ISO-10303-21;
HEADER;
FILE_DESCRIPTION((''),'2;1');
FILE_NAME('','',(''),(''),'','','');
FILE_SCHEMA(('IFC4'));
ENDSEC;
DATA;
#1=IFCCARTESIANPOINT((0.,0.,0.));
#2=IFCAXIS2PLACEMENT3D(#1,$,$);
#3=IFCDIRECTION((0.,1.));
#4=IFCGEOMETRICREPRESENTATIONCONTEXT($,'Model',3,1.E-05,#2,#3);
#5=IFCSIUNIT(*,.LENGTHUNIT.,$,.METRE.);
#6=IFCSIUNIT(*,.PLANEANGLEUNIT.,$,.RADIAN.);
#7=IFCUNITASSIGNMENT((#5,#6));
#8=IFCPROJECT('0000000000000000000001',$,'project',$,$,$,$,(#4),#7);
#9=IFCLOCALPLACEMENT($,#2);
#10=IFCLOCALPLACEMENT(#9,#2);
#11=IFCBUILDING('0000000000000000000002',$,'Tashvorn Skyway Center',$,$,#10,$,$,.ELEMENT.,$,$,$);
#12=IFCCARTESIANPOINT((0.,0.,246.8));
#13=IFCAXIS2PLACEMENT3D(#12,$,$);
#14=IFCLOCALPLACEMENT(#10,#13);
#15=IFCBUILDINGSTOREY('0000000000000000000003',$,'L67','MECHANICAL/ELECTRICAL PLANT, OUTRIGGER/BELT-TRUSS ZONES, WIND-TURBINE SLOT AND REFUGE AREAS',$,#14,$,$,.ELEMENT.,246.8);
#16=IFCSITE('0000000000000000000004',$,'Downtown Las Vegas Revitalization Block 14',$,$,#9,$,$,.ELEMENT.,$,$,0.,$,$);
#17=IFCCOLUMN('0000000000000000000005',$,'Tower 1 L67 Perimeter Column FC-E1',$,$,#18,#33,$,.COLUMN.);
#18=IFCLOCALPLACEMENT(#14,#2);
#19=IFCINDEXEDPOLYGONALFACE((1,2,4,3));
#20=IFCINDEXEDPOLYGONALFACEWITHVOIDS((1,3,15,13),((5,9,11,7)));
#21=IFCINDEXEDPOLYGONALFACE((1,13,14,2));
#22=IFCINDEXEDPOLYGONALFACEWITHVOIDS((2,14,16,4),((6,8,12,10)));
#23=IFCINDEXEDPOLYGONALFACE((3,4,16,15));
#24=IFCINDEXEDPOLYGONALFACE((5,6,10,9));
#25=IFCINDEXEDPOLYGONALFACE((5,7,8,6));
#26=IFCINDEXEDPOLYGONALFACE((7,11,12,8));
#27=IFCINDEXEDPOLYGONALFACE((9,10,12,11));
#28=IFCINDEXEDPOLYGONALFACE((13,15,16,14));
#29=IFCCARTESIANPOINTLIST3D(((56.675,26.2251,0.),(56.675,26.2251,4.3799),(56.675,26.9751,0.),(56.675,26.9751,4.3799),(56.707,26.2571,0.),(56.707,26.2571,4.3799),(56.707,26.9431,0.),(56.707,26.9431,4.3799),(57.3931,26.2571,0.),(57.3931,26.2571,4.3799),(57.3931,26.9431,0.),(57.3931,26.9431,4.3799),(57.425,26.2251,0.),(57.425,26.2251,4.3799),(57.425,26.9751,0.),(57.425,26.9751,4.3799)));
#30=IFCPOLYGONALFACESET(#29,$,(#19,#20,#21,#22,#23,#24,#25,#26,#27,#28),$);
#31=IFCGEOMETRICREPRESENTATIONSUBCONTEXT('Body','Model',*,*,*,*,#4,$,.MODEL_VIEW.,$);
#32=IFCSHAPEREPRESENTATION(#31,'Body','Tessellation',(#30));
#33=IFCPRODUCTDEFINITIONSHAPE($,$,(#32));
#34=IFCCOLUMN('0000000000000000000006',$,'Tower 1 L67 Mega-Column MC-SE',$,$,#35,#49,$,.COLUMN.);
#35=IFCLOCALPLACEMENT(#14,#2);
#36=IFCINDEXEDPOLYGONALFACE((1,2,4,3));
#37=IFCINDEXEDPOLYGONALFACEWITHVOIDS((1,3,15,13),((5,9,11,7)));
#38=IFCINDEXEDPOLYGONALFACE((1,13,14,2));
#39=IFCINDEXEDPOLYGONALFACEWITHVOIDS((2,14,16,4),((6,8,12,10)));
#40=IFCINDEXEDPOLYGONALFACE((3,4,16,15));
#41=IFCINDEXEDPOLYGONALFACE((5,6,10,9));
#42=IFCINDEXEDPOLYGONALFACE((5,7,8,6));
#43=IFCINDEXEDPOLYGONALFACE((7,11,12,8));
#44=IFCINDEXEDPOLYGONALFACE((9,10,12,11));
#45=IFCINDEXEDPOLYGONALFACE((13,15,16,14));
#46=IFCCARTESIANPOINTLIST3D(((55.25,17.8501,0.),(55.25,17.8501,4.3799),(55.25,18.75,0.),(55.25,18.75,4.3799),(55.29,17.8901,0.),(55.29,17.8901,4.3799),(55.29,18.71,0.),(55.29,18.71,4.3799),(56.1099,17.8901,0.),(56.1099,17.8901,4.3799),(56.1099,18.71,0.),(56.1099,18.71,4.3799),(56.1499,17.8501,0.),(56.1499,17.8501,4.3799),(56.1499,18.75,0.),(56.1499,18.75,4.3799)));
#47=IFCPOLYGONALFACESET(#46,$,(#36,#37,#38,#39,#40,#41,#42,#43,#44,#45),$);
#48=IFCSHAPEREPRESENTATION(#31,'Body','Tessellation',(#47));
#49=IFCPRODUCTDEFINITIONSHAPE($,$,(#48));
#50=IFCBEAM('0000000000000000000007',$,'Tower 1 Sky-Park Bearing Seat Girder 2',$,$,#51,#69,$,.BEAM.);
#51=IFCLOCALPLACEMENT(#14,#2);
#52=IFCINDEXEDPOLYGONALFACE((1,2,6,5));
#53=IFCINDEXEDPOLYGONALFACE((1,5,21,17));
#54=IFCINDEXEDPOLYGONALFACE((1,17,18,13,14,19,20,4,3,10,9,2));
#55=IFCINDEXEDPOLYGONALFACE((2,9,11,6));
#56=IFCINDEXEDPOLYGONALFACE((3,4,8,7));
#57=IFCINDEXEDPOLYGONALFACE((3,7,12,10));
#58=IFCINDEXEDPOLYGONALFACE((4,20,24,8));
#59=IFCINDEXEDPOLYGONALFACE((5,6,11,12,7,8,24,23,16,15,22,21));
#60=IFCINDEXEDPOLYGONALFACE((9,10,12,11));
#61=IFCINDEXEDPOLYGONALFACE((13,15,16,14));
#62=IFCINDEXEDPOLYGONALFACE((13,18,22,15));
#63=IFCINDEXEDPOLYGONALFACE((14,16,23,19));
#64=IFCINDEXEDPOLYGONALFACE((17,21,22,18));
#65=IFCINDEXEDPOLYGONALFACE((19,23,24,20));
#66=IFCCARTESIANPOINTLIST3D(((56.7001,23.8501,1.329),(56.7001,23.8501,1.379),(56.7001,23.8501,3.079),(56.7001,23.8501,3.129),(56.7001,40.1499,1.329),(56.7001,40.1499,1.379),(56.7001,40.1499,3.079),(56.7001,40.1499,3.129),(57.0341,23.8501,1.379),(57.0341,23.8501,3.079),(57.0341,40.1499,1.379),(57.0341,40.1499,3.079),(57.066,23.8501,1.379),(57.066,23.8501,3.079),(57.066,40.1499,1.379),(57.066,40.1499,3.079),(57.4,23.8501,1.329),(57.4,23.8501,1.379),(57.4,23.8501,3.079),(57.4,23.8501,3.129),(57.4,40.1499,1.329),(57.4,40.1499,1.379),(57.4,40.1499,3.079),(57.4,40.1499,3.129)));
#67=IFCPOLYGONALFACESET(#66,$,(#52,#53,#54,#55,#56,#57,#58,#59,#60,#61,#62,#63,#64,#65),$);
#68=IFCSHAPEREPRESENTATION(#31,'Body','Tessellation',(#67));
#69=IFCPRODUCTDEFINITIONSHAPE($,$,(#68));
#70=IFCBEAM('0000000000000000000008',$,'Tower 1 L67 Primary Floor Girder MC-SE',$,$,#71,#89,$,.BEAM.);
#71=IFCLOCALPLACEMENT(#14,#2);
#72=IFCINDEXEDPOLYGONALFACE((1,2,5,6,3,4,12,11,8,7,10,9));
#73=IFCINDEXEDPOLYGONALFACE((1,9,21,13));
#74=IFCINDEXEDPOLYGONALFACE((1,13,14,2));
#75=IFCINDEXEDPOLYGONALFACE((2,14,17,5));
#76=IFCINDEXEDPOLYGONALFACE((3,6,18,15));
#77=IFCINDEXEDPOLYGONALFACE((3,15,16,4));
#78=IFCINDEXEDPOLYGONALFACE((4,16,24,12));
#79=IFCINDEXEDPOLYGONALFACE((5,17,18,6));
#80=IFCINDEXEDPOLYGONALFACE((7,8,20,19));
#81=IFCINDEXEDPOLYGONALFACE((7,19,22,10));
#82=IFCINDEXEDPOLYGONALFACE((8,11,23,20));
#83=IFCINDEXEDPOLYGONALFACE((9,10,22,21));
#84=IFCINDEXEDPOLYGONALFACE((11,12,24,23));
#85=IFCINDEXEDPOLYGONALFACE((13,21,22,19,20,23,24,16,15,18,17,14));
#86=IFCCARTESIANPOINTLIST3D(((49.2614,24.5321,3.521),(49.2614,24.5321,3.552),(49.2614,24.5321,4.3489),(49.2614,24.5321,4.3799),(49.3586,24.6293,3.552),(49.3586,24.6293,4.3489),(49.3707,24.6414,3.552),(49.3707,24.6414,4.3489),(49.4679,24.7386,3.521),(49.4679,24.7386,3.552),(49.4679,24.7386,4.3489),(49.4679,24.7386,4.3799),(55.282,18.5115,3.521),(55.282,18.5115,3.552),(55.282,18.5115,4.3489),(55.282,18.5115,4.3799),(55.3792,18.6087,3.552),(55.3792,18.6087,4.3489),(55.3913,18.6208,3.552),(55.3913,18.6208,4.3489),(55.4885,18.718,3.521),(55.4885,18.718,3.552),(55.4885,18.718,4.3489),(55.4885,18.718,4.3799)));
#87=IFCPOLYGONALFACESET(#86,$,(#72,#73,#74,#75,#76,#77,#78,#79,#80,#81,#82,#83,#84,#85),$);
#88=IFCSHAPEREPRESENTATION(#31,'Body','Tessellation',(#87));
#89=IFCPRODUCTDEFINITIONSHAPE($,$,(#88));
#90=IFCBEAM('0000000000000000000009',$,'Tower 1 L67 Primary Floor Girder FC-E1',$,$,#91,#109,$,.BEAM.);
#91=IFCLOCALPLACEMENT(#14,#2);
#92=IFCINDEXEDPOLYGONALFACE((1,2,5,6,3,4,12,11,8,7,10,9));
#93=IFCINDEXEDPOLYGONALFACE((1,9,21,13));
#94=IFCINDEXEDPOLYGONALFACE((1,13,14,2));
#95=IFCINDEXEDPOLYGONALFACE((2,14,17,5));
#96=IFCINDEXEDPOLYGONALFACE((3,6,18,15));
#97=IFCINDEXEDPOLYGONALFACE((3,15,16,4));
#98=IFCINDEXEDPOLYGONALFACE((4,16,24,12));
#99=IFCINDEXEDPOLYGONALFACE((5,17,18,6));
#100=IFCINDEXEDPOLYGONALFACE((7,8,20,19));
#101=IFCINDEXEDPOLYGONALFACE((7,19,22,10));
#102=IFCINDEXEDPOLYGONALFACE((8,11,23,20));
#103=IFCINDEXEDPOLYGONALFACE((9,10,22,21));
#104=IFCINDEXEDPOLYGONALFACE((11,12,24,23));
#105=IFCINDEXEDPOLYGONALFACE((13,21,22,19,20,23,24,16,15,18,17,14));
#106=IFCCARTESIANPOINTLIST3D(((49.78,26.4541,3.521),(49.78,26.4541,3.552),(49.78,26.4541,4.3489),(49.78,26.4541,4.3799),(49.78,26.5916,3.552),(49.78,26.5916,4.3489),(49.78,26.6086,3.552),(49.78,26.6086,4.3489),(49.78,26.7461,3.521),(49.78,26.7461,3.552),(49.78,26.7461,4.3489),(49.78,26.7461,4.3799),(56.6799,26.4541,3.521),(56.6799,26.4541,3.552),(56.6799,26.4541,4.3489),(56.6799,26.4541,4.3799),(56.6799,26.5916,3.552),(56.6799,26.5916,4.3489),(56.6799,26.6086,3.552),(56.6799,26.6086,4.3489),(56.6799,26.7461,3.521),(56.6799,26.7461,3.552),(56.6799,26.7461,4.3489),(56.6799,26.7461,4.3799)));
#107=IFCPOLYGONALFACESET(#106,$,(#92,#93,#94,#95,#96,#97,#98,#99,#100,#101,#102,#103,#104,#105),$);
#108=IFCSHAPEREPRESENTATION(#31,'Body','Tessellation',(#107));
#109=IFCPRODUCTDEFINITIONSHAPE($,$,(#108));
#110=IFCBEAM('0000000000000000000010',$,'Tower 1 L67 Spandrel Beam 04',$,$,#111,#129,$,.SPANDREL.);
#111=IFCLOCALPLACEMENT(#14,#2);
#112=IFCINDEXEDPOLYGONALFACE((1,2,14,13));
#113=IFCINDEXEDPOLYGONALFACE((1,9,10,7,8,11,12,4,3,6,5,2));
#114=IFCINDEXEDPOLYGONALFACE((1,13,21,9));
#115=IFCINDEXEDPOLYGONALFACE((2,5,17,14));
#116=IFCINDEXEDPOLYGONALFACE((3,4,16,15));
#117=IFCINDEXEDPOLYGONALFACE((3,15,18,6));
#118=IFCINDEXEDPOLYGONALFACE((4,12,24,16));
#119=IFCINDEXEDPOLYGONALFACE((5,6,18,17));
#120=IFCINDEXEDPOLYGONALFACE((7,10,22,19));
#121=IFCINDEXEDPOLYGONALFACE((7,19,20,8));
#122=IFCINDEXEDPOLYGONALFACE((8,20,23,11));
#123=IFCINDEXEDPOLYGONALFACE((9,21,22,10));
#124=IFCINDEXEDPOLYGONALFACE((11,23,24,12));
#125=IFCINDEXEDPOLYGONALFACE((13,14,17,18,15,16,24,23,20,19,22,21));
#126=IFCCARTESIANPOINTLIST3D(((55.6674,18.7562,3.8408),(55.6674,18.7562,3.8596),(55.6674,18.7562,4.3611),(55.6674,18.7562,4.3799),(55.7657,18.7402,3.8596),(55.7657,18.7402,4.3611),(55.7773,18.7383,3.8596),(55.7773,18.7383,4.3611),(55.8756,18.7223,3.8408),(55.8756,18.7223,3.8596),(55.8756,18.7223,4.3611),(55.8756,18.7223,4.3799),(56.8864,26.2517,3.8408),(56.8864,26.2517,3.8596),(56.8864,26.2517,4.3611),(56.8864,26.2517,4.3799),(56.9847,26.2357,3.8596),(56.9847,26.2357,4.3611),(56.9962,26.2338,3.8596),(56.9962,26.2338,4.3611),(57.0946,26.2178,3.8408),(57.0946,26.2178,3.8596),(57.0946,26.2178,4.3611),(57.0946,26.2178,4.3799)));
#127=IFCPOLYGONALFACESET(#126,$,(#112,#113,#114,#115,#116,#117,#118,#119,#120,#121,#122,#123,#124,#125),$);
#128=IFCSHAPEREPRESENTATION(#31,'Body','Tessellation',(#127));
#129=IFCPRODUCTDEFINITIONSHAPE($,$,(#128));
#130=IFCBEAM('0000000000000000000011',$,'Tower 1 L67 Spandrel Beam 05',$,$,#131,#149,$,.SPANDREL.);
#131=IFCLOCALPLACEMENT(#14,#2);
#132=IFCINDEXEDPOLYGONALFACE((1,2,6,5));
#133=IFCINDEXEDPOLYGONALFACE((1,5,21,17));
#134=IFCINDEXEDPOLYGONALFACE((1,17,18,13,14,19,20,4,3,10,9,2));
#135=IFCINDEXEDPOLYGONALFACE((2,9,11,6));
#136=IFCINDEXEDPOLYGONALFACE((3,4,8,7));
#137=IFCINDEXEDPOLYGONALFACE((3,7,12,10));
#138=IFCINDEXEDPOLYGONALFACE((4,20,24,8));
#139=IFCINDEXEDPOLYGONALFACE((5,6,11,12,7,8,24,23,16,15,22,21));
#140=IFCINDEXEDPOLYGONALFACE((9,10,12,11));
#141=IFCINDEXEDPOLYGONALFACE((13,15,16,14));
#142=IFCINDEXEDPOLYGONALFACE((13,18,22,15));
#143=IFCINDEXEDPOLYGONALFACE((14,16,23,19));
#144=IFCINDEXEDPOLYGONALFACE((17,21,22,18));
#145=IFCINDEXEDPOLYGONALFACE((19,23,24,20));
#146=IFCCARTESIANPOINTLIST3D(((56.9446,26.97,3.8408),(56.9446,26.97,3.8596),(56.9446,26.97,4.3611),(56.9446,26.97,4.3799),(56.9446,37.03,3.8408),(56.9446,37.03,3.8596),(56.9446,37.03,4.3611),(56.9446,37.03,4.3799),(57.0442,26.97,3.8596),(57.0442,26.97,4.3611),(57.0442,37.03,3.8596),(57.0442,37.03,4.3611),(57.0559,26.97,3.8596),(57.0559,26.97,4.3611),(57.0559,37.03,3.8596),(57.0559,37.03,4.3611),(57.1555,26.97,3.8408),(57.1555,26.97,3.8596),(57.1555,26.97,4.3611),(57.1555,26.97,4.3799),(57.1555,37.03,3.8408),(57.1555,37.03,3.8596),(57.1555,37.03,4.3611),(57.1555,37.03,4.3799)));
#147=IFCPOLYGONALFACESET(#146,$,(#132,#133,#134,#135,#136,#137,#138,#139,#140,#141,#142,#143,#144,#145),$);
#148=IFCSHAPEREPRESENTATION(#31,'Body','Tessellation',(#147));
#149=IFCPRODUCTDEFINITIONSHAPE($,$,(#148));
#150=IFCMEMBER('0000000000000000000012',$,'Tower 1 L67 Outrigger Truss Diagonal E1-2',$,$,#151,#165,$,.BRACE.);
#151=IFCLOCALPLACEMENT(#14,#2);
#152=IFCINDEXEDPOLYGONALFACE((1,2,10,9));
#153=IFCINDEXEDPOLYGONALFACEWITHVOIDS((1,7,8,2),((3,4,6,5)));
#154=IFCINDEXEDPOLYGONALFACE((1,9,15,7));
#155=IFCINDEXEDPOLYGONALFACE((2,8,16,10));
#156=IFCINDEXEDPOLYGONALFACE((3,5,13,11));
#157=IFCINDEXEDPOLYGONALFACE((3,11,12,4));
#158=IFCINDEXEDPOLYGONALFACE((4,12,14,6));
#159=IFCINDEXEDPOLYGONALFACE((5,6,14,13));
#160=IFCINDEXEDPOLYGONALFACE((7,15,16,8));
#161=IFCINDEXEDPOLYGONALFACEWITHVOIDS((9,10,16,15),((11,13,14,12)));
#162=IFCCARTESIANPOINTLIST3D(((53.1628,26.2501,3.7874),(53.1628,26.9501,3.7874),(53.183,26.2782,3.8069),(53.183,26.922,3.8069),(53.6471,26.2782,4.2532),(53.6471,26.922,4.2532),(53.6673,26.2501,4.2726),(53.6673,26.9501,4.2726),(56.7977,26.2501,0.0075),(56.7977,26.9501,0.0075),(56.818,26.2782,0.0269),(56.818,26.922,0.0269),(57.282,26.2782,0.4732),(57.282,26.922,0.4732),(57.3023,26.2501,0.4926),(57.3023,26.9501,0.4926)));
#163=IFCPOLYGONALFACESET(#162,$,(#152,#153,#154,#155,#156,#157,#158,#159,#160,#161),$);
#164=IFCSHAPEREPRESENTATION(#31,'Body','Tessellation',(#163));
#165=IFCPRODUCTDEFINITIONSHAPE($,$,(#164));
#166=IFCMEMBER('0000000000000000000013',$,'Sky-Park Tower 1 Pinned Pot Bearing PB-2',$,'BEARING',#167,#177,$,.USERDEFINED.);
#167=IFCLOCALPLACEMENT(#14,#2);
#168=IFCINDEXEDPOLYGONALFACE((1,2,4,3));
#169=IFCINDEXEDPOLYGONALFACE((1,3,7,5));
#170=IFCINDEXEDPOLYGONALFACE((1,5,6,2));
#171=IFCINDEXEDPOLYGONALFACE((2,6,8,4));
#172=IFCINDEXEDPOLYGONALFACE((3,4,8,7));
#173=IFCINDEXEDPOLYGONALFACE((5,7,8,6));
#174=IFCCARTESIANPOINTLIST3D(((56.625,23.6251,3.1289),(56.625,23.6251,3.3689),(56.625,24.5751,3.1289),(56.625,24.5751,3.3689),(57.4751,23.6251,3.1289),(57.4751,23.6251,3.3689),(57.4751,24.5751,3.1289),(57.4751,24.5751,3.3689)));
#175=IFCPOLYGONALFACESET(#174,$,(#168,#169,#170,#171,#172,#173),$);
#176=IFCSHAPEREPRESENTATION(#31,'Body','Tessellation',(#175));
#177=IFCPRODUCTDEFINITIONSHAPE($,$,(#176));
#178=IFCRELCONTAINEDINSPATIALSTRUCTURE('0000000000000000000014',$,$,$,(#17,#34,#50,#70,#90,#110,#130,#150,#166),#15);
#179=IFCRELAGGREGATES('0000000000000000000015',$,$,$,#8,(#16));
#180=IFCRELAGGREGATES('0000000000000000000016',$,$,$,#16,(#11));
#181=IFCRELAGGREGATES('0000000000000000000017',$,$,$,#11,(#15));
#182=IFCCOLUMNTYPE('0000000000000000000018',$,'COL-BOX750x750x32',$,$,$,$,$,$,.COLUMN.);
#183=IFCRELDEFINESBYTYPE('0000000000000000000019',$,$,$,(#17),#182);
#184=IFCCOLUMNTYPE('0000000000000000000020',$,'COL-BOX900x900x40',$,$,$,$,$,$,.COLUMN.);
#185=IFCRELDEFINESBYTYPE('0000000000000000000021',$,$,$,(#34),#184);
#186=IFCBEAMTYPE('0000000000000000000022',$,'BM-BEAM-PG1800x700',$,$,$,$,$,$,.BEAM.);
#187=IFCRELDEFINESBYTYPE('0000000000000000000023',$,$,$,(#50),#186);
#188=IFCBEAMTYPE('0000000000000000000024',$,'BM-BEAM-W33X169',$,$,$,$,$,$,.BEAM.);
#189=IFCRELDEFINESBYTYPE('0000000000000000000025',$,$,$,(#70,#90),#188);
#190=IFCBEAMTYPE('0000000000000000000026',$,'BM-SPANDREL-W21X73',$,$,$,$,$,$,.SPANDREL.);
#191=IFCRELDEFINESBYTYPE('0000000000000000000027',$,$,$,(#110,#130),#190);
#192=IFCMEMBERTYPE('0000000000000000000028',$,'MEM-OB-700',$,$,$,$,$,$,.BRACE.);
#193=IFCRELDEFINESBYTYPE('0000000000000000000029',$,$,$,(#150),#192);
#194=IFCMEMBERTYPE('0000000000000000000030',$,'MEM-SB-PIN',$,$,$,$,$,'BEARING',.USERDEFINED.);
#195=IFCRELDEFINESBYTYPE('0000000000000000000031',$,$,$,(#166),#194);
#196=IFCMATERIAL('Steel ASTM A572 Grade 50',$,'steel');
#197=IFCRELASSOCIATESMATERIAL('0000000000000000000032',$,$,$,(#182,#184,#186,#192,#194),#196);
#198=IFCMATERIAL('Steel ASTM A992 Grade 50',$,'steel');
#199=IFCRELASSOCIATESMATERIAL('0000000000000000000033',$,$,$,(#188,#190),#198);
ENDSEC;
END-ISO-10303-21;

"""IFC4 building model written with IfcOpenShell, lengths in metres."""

from ifc_helpers import new_model, si_unit, direction, frame, origin, origin_2d, place, context, subcontext, project, spatial, rectangle, hollow_rectangle, i_section, extrude, material, material_profile, profile_set, type_object, element, save


model = new_model("IFC4")

# Units and contexts
model_context = context("Model", 3, precision=1e-05, world=origin(), true_north=direction((0.0, 1.0)))
body_context = subcontext(model_context, "Body", "Model", "MODEL_VIEW")
ifc_project = project(units=[si_unit("LENGTHUNIT", "METRE"), si_unit("PLANEANGLEUNIT", "RADIAN")], contexts=[model_context])

# Site, building, storey
site_placement = place(None, origin())
site = spatial("IfcSite", under=ifc_project, at=site_placement, Name="Downtown Las Vegas Revitalization Block 14", CompositionType="ELEMENT", RefElevation=0.0)
building_placement = place(site_placement, origin())
building = spatial("IfcBuilding", under=site, at=building_placement, Name="Tashvorn Skyway Center", CompositionType="ELEMENT")
storey_placement = place(building_placement, frame((0.0, 0.0, 246.8)))
storey = spatial("IfcBuildingStorey", under=building, at=storey_placement, Name="L67", Description="MECHANICAL/ELECTRICAL PLANT, OUTRIGGER/BELT-TRUSS ZONES, WIND-TURBINE SLOT AND REFUGE AREAS", CompositionType="ELEMENT", Elevation=246.8)

# Columns
ifc_material_1 = material(Name="Steel ASTM A572 Grade 50", Category="steel")
ifc_material_profile_1 = material_profile(ifc_material_1, hollow_rectangle(XDim=0.75, YDim=0.75, WallThickness=0.032, at=origin_2d()), Name="BOX750x750x32")
ifc_profile_set_1 = profile_set([ifc_material_profile_1], Name="Steel ASTM A572 Grade 50")
column_type_1 = type_object("IfcColumnType", Name="COL-BOX750x750x32", PredefinedType="COLUMN", material=ifc_profile_set_1)
column_1_placement = place(storey_placement, frame((57.05, 26.6001, 0.0), z_axis=(0.0, 0.0, 1.0), x_axis=(1.0, 0.0, 0.0)))
element("IfcColumn", 1, at=column_1_placement, inside=storey, type_object=column_type_1, Name="Tower 1 L67 Perimeter Column FC-E1", PredefinedType="COLUMN", context=body_context, shape_type="SweptSolid", body=[
    extrude(hollow_rectangle(XDim=0.75, YDim=0.75, WallThickness=0.032, at=origin_2d()), origin(), (0.0, 0.0, 1.0), 4.3799),
])
ifc_material_profile_2 = material_profile(ifc_material_1, hollow_rectangle(XDim=0.8999, YDim=0.8999, WallThickness=0.04, at=origin_2d()), Name="BOX900x900x40")
ifc_profile_set_2 = profile_set([ifc_material_profile_2], Name="Steel ASTM A572 Grade 50")
column_type_2 = type_object("IfcColumnType", Name="COL-BOX900x900x40", PredefinedType="COLUMN", material=ifc_profile_set_2)
column_2_placement = place(storey_placement, frame((55.7, 18.3, 0.0), z_axis=(0.0, 0.0, 1.0), x_axis=(1.0, 0.0, 0.0)))
element("IfcColumn", 2, at=column_2_placement, inside=storey, type_object=column_type_2, Name="Tower 1 L67 Mega-Column MC-SE", PredefinedType="COLUMN", context=body_context, shape_type="SweptSolid", body=[
    extrude(hollow_rectangle(XDim=0.8999, YDim=0.8999, WallThickness=0.04, at=origin_2d()), origin(), (0.0, 0.0, 1.0), 4.3799),
])

# Beams
ifc_material_profile_3 = material_profile(ifc_material_1, i_section(OverallWidth=0.7, OverallDepth=1.8, WebThickness=0.032, FlangeThickness=0.05, at=origin_2d()), Name="PG1800x700")
ifc_profile_set_3 = profile_set([ifc_material_profile_3], Name="Steel ASTM A572 Grade 50")
beam_type_1 = type_object("IfcBeamType", Name="BM-BEAM-PG1800x700", PredefinedType="BEAM", material=ifc_profile_set_3)
beam_1_placement = place(storey_placement, frame((57.05, 23.8501, 2.229), z_axis=(0.0, 1.0, 0.0), x_axis=(-1.0, 0.0, 0.0)))
element("IfcBeam", 3, at=beam_1_placement, inside=storey, type_object=beam_type_1, Name="Tower 1 Sky-Park Bearing Seat Girder 2", PredefinedType="BEAM", context=body_context, shape_type="SweptSolid", body=[
    extrude(i_section(OverallWidth=0.7, OverallDepth=1.8, WebThickness=0.032, FlangeThickness=0.05, at=origin_2d()), origin(), (0.0, 0.0, 1.0), 16.2998),
])
ifc_material_2 = material(Name="Steel ASTM A992 Grade 50", Category="steel")
ifc_material_profile_4 = material_profile(ifc_material_2, i_section(OverallWidth=0.292, OverallDepth=0.8589, WebThickness=0.0171, FlangeThickness=0.031, at=origin_2d()), Name="W33X169")
ifc_profile_set_4 = profile_set([ifc_material_profile_4], Name="Steel ASTM A992 Grade 50")
beam_type_2 = type_object("IfcBeamType", Name="BM-BEAM-W33X169", PredefinedType="BEAM", material=ifc_profile_set_4)
beam_2_placement = place(storey_placement, frame((55.3853, 18.6147, 3.9504), z_axis=(-0.707107, 0.707107, 0.0), x_axis=(-0.707107, -0.707107, 0.0)))
element("IfcBeam", 4, at=beam_2_placement, inside=storey, type_object=beam_type_2, Name="Tower 1 L67 Primary Floor Girder MC-SE", PredefinedType="BEAM", context=body_context, shape_type="SweptSolid", body=[
    extrude(i_section(OverallWidth=0.292, OverallDepth=0.8589, WebThickness=0.0171, FlangeThickness=0.031, at=origin_2d()), origin(), (0.0, 0.0, 1.0), 8.5144),
])
beam_3_placement = place(storey_placement, frame((56.6799, 26.6001, 3.9504), z_axis=(-1.0, 0.0, 0.0), x_axis=(0.0, -1.0, 0.0)))
element("IfcBeam", 5, at=beam_3_placement, inside=storey, type_object=beam_type_2, Name="Tower 1 L67 Primary Floor Girder FC-E1", PredefinedType="BEAM", context=body_context, shape_type="SweptSolid", body=[
    extrude(i_section(OverallWidth=0.292, OverallDepth=0.8589, WebThickness=0.0171, FlangeThickness=0.031, at=origin_2d()), origin(), (0.0, 0.0, 1.0), 6.8999),
])
ifc_material_profile_5 = material_profile(ifc_material_2, i_section(OverallWidth=0.2109, OverallDepth=0.5391, WebThickness=0.0117, FlangeThickness=0.0188, at=origin_2d()), Name="W21X73")
ifc_profile_set_5 = profile_set([ifc_material_profile_5], Name="Steel ASTM A992 Grade 50")
beam_type_3 = type_object("IfcBeamType", Name="BM-SPANDREL-W21X73", PredefinedType="SPANDREL", material=ifc_profile_set_5)
beam_4_placement = place(storey_placement, frame((55.7715, 18.7393, 4.1104), z_axis=(0.160519, 0.987033, 0.0), x_axis=(-0.987033, 0.160519, 0.0)))
element("IfcBeam", 6, at=beam_4_placement, inside=storey, type_object=beam_type_3, Name="Tower 1 L67 Spandrel Beam 04", PredefinedType="SPANDREL", context=body_context, shape_type="SweptSolid", body=[
    extrude(i_section(OverallWidth=0.2109, OverallDepth=0.5391, WebThickness=0.0117, FlangeThickness=0.0188, at=origin_2d()), origin(), (0.0, 0.0, 1.0), 7.594),
])
beam_5_placement = place(storey_placement, frame((57.05, 26.97, 4.1104), z_axis=(0.0, 1.0, 0.0), x_axis=(-1.0, 0.0, 0.0)))
element("IfcBeam", 7, at=beam_5_placement, inside=storey, type_object=beam_type_3, Name="Tower 1 L67 Spandrel Beam 05", PredefinedType="SPANDREL", context=body_context, shape_type="SweptSolid", body=[
    extrude(i_section(OverallWidth=0.2109, OverallDepth=0.5391, WebThickness=0.0117, FlangeThickness=0.0188, at=origin_2d()), origin(), (0.0, 0.0, 1.0), 10.0601),
])

# Members
ifc_material_profile_6 = material_profile(ifc_material_1, hollow_rectangle(XDim=0.7, YDim=0.7, WallThickness=0.0281, at=origin_2d()), Name="BOX700x700x28")
ifc_profile_set_6 = profile_set([ifc_material_profile_6], Name="Steel ASTM A572 Grade 50")
member_type_1 = type_object("IfcMemberType", Name="MEM-OB-700", PredefinedType="BRACE", material=ifc_profile_set_6)
member_1_placement = place(storey_placement, frame((53.415, 26.6001, 4.03), z_axis=(0.693145, 0.0, -0.720798), x_axis=(0.0, 1.0, 0.0)))
element("IfcMember", 8, at=member_1_placement, inside=storey, type_object=member_type_1, Name="Tower 1 L67 Outrigger Truss Diagonal E1-2", PredefinedType="BRACE", context=body_context, shape_type="SweptSolid", body=[
    extrude(hollow_rectangle(XDim=0.7, YDim=0.7, WallThickness=0.0281, at=origin_2d()), origin(), (0.0, 0.0, 1.0), 5.2441),
])
ifc_material_profile_7 = material_profile(ifc_material_1, rectangle(XDim=0.8501, YDim=0.95, at=origin_2d()), Name="PTFE-BRG-850x850")
ifc_profile_set_7 = profile_set([ifc_material_profile_7], Name="Steel ASTM A572 Grade 50")
member_type_2 = type_object("IfcMemberType", Name="MEM-SB-PIN", ElementType="BEARING", PredefinedType="USERDEFINED", material=ifc_profile_set_7)
member_2_placement = place(storey_placement, frame((57.05, 24.1001, 3.1289), z_axis=(0.0, 0.0, 1.0), x_axis=(1.0, 0.0, 0.0)))
element("IfcMember", 9, at=member_2_placement, inside=storey, type_object=member_type_2, Name="Sky-Park Tower 1 Pinned Pot Bearing PB-2", ObjectType="BEARING", PredefinedType="USERDEFINED", context=body_context, shape_type="SweptSolid", body=[
    extrude(rectangle(XDim=0.8501, YDim=0.95, at=origin_2d()), origin(), (0.0, 0.0, 1.0), 0.24),
])

save(model, "model.ifc")
